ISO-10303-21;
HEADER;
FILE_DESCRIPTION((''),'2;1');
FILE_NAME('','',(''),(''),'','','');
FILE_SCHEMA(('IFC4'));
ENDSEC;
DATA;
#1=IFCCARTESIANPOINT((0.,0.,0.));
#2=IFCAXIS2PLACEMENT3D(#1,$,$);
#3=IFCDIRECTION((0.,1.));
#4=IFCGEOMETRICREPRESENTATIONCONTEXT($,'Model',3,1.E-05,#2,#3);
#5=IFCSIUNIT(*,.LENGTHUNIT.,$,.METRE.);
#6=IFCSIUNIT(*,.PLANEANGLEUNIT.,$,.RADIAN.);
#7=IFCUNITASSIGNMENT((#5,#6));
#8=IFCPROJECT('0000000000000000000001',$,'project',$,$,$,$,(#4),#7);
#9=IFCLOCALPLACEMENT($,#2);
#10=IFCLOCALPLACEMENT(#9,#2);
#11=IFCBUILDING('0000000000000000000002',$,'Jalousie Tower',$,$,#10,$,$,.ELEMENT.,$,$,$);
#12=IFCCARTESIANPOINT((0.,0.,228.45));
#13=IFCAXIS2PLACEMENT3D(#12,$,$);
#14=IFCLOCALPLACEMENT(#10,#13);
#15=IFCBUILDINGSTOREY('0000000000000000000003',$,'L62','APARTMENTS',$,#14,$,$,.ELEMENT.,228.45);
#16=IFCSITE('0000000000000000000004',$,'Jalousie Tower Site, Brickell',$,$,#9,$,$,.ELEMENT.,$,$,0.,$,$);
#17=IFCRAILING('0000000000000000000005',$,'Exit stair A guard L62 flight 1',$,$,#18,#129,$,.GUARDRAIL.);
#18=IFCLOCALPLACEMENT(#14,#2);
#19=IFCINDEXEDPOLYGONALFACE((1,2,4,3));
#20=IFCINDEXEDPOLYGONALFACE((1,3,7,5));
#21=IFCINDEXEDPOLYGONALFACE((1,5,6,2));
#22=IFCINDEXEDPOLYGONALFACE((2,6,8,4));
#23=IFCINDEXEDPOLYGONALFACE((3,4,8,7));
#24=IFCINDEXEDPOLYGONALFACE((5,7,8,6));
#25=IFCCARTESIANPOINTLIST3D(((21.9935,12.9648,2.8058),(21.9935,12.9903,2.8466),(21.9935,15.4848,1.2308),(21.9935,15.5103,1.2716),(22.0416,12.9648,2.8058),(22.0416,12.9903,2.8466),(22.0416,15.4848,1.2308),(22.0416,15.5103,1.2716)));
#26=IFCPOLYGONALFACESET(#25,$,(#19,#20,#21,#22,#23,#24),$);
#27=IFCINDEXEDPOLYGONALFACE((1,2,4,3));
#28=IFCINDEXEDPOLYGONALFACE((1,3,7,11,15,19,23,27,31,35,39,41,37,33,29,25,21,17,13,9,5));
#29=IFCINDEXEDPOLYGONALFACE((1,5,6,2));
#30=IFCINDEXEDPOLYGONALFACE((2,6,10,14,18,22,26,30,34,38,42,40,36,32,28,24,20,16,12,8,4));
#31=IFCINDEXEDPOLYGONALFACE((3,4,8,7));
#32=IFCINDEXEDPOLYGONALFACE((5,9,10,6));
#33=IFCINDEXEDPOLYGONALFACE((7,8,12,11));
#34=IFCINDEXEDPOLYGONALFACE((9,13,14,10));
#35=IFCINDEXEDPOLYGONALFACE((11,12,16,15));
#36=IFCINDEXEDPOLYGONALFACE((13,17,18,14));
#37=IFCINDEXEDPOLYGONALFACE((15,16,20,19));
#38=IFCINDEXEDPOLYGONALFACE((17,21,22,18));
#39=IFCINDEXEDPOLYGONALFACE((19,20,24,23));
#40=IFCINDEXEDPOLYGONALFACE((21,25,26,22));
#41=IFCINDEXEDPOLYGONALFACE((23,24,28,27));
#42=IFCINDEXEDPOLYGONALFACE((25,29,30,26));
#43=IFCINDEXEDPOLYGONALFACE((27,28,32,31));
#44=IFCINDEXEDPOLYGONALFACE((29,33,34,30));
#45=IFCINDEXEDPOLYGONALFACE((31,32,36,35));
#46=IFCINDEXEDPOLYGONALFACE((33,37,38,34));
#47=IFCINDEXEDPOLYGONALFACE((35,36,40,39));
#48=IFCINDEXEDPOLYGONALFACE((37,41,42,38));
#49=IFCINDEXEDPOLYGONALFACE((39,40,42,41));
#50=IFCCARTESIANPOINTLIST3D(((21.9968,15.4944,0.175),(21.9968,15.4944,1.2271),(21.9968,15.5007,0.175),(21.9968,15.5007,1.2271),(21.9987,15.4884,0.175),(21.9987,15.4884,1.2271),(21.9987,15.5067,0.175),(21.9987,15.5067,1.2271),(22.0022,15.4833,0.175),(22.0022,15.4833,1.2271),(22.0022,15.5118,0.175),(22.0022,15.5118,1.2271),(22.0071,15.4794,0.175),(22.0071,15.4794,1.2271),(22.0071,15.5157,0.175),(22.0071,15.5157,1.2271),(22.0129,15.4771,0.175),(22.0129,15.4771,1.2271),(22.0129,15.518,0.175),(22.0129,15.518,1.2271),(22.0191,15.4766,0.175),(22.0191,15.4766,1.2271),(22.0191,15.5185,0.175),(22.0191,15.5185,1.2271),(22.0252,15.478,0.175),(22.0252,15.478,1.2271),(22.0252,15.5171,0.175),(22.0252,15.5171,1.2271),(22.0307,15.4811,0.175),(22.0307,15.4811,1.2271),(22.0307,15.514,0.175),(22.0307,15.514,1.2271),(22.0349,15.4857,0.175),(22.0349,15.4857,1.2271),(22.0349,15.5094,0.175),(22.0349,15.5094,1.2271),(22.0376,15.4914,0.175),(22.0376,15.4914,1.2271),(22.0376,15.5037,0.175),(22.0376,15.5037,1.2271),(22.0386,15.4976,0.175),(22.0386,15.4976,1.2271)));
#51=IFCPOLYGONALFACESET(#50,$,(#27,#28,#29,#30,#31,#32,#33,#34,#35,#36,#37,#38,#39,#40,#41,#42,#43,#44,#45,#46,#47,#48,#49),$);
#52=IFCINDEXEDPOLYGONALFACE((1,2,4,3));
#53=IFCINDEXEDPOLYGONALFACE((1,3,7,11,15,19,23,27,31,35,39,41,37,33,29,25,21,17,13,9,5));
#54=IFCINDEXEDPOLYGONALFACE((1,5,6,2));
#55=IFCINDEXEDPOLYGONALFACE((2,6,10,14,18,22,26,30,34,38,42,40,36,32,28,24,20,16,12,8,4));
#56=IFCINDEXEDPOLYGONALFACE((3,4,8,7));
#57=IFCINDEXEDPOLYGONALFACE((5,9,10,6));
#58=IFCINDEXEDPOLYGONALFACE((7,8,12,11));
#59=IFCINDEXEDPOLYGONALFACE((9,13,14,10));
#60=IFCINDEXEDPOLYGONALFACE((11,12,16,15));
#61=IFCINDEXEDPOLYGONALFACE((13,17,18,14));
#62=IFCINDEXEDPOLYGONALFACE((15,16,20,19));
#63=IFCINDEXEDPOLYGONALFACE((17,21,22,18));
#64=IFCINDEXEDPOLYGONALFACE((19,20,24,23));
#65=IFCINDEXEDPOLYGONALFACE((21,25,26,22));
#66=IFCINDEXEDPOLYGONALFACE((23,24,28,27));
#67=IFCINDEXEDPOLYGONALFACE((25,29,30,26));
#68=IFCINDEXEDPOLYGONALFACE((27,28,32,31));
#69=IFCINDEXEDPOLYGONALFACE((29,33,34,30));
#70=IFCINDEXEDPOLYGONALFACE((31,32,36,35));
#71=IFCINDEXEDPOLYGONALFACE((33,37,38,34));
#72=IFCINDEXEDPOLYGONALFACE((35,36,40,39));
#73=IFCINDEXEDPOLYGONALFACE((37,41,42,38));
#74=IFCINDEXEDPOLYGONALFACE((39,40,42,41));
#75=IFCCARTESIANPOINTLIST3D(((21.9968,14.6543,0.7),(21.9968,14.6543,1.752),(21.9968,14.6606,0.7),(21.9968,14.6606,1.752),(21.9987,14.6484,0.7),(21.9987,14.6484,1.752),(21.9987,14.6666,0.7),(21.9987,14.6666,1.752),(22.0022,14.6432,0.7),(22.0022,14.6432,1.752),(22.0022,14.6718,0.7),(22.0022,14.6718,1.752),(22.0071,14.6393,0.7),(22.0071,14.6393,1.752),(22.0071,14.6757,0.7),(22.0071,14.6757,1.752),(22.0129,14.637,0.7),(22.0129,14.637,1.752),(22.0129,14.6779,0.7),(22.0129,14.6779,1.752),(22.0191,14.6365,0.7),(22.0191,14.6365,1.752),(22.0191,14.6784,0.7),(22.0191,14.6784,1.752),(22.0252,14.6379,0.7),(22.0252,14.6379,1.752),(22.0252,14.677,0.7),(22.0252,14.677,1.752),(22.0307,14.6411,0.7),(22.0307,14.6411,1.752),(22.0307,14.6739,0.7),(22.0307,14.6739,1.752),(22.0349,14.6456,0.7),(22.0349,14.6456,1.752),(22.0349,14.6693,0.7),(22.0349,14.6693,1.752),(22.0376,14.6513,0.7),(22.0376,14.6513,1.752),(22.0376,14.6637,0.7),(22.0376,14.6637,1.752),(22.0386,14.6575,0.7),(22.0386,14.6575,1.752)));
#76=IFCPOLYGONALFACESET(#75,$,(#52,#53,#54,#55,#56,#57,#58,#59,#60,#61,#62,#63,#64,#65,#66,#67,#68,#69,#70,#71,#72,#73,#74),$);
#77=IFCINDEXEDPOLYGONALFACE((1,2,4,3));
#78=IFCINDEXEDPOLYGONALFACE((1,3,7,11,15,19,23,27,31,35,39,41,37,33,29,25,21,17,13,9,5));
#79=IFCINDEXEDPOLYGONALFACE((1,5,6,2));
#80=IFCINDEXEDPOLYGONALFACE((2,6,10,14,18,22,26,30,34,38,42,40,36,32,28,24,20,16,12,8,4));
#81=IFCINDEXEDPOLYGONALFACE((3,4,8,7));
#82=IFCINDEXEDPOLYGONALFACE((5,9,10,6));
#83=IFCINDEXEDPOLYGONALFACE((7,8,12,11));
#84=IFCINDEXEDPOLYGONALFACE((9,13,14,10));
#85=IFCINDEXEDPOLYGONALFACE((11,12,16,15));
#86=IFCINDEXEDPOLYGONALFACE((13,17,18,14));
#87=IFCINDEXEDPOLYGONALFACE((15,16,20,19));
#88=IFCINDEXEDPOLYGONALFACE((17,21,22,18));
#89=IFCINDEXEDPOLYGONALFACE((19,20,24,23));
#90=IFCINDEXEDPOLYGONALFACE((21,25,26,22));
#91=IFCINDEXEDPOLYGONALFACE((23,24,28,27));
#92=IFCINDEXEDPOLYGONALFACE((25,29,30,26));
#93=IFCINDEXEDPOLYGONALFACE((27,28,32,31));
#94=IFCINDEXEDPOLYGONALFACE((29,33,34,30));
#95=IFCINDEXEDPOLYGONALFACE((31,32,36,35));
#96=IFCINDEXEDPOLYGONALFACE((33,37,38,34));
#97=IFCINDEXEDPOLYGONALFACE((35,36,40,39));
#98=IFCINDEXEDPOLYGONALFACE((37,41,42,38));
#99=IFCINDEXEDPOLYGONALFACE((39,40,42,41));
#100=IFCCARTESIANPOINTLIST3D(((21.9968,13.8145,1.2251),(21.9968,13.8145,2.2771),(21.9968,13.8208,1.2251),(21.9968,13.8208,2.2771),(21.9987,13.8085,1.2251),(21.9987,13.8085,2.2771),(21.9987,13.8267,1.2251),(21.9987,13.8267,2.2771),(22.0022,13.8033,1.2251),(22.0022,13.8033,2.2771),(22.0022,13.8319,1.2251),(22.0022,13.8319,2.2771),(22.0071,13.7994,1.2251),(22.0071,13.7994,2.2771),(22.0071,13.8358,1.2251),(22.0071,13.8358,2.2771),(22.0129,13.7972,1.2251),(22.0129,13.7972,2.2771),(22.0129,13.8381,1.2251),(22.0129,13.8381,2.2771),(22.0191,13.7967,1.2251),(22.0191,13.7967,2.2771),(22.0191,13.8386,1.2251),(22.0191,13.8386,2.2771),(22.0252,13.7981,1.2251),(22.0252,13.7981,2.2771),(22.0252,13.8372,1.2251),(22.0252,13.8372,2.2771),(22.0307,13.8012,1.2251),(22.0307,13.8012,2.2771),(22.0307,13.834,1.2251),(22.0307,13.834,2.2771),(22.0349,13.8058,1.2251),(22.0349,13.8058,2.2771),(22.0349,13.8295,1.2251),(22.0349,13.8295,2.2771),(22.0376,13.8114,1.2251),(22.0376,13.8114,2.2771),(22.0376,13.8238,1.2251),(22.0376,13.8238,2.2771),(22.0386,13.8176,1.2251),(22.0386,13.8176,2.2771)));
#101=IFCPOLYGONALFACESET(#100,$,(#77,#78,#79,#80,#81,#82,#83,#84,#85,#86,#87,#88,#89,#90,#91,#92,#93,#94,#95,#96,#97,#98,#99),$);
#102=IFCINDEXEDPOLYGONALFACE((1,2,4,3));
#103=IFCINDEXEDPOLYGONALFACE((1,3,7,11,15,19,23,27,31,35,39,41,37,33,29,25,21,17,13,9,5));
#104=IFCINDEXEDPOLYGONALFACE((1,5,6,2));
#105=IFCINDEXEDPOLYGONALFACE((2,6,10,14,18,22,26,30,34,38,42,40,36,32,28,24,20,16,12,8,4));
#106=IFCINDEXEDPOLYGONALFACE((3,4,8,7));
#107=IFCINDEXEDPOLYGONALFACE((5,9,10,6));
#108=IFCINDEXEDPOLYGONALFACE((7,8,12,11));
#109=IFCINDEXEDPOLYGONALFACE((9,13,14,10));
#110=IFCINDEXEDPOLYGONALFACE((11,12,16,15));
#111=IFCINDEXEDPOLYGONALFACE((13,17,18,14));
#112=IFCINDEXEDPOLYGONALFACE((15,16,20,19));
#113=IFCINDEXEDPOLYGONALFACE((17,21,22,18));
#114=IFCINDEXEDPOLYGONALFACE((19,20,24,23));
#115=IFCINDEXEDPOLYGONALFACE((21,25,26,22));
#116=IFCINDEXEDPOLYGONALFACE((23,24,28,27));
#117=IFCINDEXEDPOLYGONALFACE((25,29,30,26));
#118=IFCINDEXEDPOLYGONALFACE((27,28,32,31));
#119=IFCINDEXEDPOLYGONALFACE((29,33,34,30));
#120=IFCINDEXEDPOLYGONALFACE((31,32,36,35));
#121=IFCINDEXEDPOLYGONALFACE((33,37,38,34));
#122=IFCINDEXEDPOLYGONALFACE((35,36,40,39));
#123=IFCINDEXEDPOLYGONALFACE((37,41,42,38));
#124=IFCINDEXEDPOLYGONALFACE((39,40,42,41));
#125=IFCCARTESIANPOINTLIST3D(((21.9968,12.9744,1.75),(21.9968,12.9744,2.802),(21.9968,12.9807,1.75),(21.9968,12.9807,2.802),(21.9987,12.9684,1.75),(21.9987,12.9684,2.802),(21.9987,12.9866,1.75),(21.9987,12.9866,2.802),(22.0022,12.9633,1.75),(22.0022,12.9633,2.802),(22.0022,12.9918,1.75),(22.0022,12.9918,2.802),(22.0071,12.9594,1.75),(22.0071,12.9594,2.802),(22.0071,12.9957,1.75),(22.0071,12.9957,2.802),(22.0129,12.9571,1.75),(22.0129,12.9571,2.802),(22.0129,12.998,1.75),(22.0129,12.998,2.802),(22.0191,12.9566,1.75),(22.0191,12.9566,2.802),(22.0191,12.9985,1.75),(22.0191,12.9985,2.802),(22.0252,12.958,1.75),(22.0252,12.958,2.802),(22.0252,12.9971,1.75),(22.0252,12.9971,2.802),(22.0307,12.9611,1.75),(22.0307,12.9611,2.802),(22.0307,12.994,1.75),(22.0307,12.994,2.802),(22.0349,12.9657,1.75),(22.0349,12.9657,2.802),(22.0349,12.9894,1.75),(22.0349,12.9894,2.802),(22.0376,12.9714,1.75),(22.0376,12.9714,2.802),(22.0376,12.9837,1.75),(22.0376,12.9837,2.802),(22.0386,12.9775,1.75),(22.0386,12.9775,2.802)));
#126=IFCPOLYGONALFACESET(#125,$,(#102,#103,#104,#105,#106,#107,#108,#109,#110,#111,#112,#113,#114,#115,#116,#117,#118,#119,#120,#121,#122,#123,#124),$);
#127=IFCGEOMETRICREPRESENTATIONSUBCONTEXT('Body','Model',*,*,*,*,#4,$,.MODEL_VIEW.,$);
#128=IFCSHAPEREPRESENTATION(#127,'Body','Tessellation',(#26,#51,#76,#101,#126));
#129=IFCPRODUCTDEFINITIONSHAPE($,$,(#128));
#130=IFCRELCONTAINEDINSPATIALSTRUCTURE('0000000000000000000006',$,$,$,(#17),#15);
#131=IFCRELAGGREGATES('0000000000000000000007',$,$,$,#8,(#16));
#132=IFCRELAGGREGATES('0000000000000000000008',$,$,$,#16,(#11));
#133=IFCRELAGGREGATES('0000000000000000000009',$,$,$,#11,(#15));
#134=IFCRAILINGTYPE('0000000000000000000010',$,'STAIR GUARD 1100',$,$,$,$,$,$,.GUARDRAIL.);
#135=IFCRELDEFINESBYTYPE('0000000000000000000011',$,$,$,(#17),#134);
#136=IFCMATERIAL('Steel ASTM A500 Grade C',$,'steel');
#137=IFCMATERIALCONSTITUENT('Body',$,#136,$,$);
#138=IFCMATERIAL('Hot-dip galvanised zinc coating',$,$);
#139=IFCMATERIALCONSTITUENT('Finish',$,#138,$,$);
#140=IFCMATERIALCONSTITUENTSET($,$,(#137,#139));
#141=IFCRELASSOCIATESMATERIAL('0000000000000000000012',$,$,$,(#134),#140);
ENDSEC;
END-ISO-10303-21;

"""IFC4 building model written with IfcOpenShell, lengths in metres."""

from ifc_helpers import new_model, si_unit, direction, frame, origin, origin_2d, place, context, subcontext, project, spatial, rectangle, circle, extrude, material, constituent, constituent_set, type_object, element, save


model = new_model("IFC4")

# Units and contexts
model_context = context("Model", 3, precision=1e-05, world=origin(), true_north=direction((0.0, 1.0)))
body_context = subcontext(model_context, "Body", "Model", "MODEL_VIEW")
ifc_project = project(units=[si_unit("LENGTHUNIT", "METRE"), si_unit("PLANEANGLEUNIT", "RADIAN")], contexts=[model_context])

# Site, building, storey
site_placement = place(None, origin())
site = spatial("IfcSite", under=ifc_project, at=site_placement, Name="Jalousie Tower Site, Brickell", CompositionType="ELEMENT", RefElevation=0.0)
building_placement = place(site_placement, origin())
building = spatial("IfcBuilding", under=site, at=building_placement, Name="Jalousie Tower", CompositionType="ELEMENT")
storey_placement = place(building_placement, frame((0.0, 0.0, 228.45)))
storey = spatial("IfcBuildingStorey", under=building, at=storey_placement, Name="L62", Description="APARTMENTS", CompositionType="ELEMENT", Elevation=228.45)

# Railing
ifc_material_1 = material(Name="Steel ASTM A500 Grade C", Category="steel")
ifc_constituent_1 = constituent(ifc_material_1, Name="Body")
ifc_material_2 = material(Name="Hot-dip galvanised zinc coating")
ifc_constituent_2 = constituent(ifc_material_2, Name="Finish")
ifc_constituent_set_1 = constituent_set(constituents=[ifc_constituent_1, ifc_constituent_2])
railing_type_1 = type_object("IfcRailingType", Name="STAIR GUARD 1100", PredefinedType="GUARDRAIL", material=ifc_constituent_set_1)
railing_1_placement = place(storey_placement, frame((22.0176, 15.4976, 0.175)))
element("IfcRailing", 1, at=railing_1_placement, inside=storey, type_object=railing_type_1, Name="Exit stair A guard L62 flight 1", PredefinedType="GUARDRAIL", context=body_context, shape_type="SweptSolid", body=[
    extrude(rectangle(XDim=0.0481, YDim=0.0481, at=origin_2d()), frame((0.0, 0.0, 1.0762), z_axis=(0.0, -0.848008, 0.529984), x_axis=(1.0, 0.0, 0.0)), (0.0, 0.0, 1.0), 2.9717),
    extrude(circle(Radius=0.021, at=origin_2d()), origin(), (0.0, 0.0, 1.0), 1.052),
    extrude(circle(Radius=0.021, at=origin_2d()), frame((0.0, -0.8401, 0.5249)), (0.0, 0.0, 1.0), 1.052),
    extrude(circle(Radius=0.021, at=origin_2d()), frame((0.0, -1.6799, 1.05)), (0.0, 0.0, 1.0), 1.052),
    extrude(circle(Radius=0.021, at=origin_2d()), frame((0.0, -2.52, 1.575)), (0.0, 0.0, 1.0), 1.052),
])

save(model, "model.ifc")
